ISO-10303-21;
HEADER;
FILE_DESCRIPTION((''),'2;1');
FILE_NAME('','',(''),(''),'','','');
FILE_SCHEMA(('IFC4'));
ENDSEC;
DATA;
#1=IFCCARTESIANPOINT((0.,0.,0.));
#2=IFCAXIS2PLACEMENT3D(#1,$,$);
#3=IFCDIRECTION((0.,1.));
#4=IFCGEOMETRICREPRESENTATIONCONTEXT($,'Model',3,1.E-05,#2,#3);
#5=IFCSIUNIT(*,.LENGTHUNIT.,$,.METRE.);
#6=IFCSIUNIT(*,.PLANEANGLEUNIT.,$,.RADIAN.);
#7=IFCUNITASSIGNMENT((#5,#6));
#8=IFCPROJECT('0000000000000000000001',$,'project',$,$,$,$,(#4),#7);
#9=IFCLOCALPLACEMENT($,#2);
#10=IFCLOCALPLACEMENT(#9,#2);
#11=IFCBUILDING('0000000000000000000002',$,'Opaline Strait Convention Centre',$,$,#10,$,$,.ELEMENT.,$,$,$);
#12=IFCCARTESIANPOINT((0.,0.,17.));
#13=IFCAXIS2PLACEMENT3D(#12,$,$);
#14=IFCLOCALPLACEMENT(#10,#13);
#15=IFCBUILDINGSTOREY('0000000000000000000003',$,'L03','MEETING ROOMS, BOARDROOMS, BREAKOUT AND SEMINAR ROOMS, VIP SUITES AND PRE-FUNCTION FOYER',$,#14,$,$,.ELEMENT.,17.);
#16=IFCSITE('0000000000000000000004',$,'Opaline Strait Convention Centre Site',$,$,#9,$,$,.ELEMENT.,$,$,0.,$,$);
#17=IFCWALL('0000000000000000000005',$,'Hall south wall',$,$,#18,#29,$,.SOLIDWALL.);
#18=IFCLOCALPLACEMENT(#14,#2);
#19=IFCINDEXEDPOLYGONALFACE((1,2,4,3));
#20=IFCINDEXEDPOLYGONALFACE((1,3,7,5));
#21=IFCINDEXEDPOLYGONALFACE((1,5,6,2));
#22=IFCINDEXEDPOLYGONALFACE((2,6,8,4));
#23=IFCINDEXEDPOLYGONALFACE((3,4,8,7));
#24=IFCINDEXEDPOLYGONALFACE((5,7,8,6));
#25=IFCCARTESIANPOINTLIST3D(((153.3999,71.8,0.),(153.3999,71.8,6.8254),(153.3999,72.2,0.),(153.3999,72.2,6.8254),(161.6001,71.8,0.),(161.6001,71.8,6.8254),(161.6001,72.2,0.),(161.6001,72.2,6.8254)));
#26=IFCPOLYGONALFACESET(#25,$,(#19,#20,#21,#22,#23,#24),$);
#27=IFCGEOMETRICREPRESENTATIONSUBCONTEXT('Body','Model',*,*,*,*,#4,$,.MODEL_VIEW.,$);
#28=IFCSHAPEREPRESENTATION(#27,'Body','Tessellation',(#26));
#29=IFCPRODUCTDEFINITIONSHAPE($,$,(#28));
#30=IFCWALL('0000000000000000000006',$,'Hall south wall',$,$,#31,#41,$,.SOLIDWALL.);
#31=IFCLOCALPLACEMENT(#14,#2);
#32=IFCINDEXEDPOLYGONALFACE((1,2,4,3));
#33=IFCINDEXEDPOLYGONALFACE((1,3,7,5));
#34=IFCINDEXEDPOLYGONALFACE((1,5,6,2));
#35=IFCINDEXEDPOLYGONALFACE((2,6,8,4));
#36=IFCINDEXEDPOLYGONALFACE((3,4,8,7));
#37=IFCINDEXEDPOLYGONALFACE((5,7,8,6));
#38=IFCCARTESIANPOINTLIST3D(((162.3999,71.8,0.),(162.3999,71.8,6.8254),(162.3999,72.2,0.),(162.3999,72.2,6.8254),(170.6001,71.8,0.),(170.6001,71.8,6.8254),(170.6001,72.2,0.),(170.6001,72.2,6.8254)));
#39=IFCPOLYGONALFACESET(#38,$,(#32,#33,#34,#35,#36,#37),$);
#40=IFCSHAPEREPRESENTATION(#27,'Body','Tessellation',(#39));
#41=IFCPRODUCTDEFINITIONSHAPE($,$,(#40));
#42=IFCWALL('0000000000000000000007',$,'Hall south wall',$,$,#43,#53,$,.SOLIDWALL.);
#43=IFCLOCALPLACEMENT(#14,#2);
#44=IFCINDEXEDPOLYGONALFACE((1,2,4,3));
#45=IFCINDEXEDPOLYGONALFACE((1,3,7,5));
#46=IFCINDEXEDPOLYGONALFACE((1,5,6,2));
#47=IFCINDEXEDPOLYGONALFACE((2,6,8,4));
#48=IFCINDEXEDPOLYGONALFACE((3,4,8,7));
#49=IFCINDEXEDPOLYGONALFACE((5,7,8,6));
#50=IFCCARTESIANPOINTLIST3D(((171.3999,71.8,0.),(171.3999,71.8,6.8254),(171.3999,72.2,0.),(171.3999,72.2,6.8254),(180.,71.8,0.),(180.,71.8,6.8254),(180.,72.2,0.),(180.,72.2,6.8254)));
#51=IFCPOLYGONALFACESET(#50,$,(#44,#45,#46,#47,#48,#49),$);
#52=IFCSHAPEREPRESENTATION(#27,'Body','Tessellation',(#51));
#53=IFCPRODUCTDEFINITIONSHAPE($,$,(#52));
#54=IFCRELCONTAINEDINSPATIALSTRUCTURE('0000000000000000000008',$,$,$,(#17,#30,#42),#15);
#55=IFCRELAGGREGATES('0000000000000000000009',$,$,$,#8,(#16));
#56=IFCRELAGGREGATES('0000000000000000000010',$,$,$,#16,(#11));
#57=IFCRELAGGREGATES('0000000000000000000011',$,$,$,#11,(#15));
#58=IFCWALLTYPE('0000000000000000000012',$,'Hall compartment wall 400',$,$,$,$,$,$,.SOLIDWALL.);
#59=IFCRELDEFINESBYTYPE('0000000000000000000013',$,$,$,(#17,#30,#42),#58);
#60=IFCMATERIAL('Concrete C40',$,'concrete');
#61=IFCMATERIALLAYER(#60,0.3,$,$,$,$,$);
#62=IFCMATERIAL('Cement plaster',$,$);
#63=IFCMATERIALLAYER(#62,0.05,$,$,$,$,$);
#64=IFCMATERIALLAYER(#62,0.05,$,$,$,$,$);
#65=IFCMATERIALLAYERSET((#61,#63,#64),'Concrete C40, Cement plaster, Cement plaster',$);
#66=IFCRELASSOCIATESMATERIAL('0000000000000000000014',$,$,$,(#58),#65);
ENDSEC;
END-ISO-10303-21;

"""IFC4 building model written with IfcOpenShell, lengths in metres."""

from ifc_helpers import new_model, si_unit, direction, frame, frame_2d, origin, place, context, subcontext, project, spatial, rectangle, extrude, material, layer, layer_set, type_object, element, save


model = new_model("IFC4")

# Units and contexts
model_context = context("Model", 3, precision=1e-05, world=origin(), true_north=direction((0.0, 1.0)))
body_context = subcontext(model_context, "Body", "Model", "MODEL_VIEW")
ifc_project = project(units=[si_unit("LENGTHUNIT", "METRE"), si_unit("PLANEANGLEUNIT", "RADIAN")], contexts=[model_context])

# Site, building, storey
site_placement = place(None, origin())
site = spatial("IfcSite", under=ifc_project, at=site_placement, Name="Opaline Strait Convention Centre Site", CompositionType="ELEMENT", RefElevation=0.0)
building_placement = place(site_placement, origin())
building = spatial("IfcBuilding", under=site, at=building_placement, Name="Opaline Strait Convention Centre", CompositionType="ELEMENT")
storey_placement = place(building_placement, frame((0.0, 0.0, 17.0)))
storey = spatial("IfcBuildingStorey", under=building, at=storey_placement, Name="L03", Description="MEETING ROOMS, BOARDROOMS, BREAKOUT AND SEMINAR ROOMS, VIP SUITES AND PRE-FUNCTION FOYER", CompositionType="ELEMENT", Elevation=17.0)

# Shared definitions
ifc_material_1 = material(Name="Concrete C40", Category="concrete")

# Walls
ifc_layer_1 = layer(ifc_material_1, 0.3)
ifc_material_2 = material(Name="Cement plaster")
ifc_layer_2 = layer(ifc_material_2, 0.05)
ifc_layer_3 = layer(ifc_material_2, 0.05)
ifc_layer_set_1 = layer_set([ifc_layer_1, ifc_layer_2, ifc_layer_3], Name="Concrete C40, Cement plaster, Cement plaster")
wall_type_1 = type_object("IfcWallType", Name="Hall compartment wall 400", PredefinedType="SOLIDWALL", material=ifc_layer_set_1)
for number, where, z_axis, x_axis, name in (
    (1, (153.3999, 72.0, 0.0), (0.0, 0.0, 1.0), (1.0, 0.0, 0.0), "Hall south wall"),
    (2, (162.3999, 72.0, 0.0), (0.0, 0.0, 1.0), (1.0, 0.0, 0.0), "Hall south wall"),
):
    element("IfcWall", number, at=place(storey_placement, frame(where, z_axis=z_axis, x_axis=x_axis)), inside=storey, type_object=wall_type_1, Name=name, PredefinedType="SOLIDWALL", context=body_context, shape_type="SweptSolid", body=[
        extrude(rectangle(XDim=8.2002, YDim=0.3999, at=frame_2d((4.1001, 0.0))), origin(), (0.0, 0.0, 1.0), 6.8254),
    ])
wall_1_placement = place(storey_placement, frame((171.3999, 72.0, 0.0), z_axis=(0.0, 0.0, 1.0), x_axis=(1.0, 0.0, 0.0)))
element("IfcWall", 3, at=wall_1_placement, inside=storey, type_object=wall_type_1, Name="Hall south wall", PredefinedType="SOLIDWALL", context=body_context, shape_type="SweptSolid", body=[
    extrude(rectangle(XDim=8.6001, YDim=0.3999, at=frame_2d((4.3, 0.0))), origin(), (0.0, 0.0, 1.0), 6.8254),
])

save(model, "model.ifc")
